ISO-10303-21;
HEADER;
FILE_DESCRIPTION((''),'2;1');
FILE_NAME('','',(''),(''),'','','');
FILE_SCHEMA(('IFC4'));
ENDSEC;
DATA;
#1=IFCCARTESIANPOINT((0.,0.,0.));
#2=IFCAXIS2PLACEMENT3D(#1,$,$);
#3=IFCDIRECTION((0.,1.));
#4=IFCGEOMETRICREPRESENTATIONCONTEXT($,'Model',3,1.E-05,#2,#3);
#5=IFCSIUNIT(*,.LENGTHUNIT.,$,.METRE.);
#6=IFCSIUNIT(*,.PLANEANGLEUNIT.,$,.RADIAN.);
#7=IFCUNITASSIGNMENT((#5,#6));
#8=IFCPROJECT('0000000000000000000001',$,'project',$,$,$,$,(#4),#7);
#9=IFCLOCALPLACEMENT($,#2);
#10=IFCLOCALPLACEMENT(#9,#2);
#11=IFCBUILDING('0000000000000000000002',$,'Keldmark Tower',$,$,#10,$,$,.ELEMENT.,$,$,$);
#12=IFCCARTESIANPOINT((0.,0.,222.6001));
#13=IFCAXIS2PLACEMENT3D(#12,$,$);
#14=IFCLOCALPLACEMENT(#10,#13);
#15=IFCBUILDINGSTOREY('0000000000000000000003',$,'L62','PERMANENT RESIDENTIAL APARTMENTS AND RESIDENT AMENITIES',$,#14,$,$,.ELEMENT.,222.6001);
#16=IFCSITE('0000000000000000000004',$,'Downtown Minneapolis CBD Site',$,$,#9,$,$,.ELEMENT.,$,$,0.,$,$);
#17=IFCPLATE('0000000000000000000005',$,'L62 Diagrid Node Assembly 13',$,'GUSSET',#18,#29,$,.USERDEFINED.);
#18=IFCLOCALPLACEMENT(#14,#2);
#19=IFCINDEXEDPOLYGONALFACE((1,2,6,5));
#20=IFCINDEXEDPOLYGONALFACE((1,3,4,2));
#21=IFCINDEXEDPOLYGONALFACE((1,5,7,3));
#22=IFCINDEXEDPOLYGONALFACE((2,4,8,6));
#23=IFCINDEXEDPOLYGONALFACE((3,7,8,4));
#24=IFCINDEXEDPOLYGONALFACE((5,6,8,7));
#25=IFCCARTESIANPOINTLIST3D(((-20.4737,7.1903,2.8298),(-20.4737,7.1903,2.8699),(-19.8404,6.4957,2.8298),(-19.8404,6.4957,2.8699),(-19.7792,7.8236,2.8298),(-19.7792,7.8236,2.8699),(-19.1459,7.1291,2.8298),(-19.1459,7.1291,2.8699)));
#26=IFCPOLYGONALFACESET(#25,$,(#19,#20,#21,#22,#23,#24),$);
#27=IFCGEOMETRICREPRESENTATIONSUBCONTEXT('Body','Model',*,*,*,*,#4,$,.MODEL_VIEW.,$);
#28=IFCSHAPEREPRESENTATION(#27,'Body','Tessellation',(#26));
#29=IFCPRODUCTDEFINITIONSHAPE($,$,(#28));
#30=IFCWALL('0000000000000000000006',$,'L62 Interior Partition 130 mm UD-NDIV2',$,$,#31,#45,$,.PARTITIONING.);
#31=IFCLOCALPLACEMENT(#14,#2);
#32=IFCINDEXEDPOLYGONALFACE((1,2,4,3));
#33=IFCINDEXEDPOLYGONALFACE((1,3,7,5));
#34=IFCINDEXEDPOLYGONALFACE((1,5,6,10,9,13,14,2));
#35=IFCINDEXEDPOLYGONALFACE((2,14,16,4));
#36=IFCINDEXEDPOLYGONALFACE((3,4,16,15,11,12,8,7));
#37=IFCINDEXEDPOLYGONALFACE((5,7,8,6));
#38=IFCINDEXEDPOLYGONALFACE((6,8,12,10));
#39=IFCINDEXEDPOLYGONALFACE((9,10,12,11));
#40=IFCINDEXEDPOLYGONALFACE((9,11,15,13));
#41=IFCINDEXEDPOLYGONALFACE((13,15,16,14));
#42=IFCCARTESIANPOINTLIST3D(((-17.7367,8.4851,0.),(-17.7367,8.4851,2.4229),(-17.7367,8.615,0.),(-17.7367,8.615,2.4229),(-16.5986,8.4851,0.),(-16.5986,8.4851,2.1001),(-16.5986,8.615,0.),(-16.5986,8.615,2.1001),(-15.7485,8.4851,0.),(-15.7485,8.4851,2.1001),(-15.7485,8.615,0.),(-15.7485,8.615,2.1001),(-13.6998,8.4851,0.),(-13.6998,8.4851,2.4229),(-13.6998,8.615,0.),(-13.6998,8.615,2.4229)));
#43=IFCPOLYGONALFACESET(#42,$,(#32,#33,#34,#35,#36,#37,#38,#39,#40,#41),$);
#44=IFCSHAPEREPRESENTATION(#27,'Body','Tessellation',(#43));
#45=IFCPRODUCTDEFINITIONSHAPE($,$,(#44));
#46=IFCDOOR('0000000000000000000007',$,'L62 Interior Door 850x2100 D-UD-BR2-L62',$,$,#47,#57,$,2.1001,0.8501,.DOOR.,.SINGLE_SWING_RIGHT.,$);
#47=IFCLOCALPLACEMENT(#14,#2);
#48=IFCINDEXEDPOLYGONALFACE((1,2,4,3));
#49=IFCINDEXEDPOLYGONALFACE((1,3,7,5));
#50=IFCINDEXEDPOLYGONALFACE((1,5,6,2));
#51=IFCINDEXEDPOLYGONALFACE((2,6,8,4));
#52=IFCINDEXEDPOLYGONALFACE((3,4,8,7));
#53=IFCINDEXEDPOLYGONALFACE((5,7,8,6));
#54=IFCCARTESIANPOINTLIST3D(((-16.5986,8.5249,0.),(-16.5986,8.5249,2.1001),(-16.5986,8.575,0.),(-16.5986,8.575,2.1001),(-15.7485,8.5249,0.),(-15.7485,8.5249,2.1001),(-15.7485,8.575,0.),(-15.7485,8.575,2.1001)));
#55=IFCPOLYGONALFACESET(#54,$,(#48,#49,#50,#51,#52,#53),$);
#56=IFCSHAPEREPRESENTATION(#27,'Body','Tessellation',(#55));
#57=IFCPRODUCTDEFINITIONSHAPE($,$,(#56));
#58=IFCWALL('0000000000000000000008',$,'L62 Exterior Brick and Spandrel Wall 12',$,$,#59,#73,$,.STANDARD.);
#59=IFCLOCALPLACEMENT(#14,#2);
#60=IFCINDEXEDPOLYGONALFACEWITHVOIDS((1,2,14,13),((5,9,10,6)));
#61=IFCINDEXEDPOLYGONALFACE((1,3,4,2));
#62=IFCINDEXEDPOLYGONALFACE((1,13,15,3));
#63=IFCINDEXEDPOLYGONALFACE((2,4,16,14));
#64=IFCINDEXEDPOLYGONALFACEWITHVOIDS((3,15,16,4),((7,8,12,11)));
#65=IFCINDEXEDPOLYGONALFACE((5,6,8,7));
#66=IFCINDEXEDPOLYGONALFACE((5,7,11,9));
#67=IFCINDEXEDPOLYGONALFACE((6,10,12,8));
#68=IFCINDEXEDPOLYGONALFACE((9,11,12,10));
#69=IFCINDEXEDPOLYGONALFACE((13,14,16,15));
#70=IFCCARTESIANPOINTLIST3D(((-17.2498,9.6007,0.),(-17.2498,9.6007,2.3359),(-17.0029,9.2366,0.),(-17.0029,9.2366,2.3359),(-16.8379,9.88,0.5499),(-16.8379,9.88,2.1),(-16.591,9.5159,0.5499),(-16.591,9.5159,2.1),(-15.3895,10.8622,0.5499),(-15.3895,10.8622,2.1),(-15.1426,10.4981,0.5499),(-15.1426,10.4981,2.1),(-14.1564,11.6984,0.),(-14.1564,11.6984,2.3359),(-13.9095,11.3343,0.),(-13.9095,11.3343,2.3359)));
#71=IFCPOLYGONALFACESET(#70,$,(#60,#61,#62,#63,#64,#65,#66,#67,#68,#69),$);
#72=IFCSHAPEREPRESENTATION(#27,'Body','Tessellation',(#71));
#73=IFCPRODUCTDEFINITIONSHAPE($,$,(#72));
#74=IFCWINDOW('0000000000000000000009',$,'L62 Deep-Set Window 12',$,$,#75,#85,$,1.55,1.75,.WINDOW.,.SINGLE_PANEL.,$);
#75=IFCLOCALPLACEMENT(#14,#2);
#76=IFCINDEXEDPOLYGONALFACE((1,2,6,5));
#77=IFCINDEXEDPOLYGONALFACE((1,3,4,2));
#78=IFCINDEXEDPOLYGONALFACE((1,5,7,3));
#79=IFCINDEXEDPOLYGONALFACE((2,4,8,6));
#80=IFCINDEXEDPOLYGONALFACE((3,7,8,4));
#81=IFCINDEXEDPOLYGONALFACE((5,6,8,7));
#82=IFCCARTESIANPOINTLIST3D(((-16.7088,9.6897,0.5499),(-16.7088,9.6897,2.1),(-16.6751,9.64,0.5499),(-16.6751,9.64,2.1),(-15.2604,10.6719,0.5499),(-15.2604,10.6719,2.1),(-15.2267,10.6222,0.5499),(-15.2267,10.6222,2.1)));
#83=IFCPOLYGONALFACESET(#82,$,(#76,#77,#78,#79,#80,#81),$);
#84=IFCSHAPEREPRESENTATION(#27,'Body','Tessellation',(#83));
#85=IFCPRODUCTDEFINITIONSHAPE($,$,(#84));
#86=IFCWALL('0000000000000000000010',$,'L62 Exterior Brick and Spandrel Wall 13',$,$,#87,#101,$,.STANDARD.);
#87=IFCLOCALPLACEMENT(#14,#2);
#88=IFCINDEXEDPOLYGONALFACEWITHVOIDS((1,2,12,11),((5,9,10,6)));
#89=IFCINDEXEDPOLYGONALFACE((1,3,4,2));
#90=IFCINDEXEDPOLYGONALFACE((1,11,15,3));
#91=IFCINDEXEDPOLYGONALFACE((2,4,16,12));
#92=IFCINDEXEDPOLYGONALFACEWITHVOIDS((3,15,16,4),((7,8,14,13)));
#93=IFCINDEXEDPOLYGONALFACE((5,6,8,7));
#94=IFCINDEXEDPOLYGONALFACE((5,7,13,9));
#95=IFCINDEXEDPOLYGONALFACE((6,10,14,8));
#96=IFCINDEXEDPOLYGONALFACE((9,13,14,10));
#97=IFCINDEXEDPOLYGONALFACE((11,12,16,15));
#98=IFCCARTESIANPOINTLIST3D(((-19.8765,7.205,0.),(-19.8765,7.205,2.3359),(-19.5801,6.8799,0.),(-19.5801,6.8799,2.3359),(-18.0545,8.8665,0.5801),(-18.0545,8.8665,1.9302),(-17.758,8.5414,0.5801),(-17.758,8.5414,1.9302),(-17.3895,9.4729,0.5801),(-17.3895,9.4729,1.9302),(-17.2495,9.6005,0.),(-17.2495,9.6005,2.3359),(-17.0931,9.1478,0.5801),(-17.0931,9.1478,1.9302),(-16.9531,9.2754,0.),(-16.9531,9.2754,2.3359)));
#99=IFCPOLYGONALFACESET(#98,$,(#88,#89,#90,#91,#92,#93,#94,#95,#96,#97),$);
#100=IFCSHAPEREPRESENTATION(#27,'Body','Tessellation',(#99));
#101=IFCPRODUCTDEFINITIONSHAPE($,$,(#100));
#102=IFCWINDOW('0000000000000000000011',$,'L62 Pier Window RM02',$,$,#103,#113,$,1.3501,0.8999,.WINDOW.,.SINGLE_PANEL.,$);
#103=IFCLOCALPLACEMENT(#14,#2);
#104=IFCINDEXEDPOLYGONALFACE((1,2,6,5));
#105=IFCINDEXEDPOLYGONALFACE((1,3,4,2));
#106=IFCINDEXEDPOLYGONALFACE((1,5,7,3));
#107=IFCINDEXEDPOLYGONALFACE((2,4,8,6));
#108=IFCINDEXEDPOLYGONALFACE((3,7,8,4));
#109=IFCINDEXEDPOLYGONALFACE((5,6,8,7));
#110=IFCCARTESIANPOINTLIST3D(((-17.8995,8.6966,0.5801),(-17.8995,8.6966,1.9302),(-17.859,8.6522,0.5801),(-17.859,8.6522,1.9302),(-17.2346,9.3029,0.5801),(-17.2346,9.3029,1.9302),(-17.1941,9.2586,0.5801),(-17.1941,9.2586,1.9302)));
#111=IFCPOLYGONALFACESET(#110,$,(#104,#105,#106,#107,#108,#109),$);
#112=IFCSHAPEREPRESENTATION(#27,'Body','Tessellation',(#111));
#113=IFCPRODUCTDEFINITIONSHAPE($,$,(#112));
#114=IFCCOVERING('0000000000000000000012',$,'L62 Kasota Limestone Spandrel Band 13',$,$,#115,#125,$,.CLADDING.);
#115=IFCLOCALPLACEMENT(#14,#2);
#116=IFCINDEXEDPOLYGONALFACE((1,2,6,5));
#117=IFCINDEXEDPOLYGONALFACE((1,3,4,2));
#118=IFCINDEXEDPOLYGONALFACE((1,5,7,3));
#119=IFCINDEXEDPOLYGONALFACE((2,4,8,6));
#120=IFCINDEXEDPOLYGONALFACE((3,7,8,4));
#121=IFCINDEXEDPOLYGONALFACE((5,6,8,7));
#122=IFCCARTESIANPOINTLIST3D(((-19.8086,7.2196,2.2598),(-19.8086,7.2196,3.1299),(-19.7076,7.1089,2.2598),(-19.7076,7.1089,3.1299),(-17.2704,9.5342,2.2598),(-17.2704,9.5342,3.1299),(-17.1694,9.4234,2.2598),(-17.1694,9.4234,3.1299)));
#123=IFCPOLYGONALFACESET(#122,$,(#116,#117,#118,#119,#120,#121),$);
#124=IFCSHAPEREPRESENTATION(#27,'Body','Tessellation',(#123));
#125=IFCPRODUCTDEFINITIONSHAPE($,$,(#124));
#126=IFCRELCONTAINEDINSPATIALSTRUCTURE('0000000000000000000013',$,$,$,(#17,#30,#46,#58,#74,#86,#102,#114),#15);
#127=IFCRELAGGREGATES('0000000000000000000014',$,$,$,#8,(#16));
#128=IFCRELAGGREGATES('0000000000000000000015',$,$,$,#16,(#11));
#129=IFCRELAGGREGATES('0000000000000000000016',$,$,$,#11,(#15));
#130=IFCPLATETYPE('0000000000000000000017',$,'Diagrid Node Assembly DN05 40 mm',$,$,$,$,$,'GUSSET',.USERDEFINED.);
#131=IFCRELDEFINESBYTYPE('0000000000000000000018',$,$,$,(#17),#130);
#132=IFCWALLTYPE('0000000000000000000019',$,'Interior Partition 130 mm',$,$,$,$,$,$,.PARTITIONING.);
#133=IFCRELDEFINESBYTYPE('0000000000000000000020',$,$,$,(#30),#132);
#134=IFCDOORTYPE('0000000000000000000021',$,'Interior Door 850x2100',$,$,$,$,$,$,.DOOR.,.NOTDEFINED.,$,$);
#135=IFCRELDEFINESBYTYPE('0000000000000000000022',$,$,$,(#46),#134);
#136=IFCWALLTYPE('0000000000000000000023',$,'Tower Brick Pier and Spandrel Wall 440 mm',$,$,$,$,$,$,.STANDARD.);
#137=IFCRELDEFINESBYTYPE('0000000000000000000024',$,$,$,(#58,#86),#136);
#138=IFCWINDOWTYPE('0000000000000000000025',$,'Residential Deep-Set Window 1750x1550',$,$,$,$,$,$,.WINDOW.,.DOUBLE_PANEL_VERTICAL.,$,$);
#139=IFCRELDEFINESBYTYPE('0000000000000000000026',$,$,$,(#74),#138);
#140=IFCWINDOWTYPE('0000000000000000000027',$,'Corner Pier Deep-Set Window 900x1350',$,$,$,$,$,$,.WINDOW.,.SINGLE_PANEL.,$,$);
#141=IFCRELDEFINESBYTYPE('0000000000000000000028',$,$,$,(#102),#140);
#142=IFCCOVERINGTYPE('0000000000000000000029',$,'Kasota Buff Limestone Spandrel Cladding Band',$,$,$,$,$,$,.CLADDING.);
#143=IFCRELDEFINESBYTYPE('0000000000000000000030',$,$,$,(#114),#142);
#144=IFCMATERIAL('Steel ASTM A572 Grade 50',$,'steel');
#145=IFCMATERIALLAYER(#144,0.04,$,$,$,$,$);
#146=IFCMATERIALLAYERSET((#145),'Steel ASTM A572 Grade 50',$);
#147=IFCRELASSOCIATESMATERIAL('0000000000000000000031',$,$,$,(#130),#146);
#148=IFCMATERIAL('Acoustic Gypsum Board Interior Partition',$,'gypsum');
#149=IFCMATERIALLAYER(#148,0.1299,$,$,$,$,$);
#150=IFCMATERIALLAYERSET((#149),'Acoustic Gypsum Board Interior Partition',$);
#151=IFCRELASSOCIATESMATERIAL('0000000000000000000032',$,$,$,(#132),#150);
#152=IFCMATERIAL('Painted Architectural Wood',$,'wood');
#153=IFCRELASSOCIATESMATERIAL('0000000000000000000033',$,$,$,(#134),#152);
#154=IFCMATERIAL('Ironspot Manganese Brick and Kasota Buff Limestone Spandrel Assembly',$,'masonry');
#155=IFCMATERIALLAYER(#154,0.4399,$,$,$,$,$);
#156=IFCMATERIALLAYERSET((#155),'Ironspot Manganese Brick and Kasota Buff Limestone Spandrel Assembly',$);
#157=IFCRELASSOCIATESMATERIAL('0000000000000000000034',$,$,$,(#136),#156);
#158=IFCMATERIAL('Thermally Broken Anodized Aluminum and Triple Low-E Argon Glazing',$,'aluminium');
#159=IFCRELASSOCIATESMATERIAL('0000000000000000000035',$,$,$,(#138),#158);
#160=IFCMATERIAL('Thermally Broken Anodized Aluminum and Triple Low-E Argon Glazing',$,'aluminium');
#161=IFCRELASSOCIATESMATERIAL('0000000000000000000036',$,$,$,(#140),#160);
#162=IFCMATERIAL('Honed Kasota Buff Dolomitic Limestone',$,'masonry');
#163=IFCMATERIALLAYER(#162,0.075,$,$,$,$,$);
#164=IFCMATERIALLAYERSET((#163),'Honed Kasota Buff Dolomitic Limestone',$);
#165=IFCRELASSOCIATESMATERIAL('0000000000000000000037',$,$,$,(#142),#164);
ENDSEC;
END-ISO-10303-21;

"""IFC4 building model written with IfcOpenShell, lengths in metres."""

from ifc_helpers import new_model, si_unit, direction, frame, frame_2d, origin, origin_2d, place, context, subcontext, project, spatial, rectangle, extrude, material, layer, layer_set, type_object, element, fill, save


model = new_model("IFC4")

# Units and contexts
model_context = context("Model", 3, precision=1e-05, world=origin(), true_north=direction((0.0, 1.0)))
body_context = subcontext(model_context, "Body", "Model", "MODEL_VIEW")
ifc_project = project(units=[si_unit("LENGTHUNIT", "METRE"), si_unit("PLANEANGLEUNIT", "RADIAN")], contexts=[model_context])

# Site, building, storey
site_placement = place(None, origin())
site = spatial("IfcSite", under=ifc_project, at=site_placement, Name="Downtown Minneapolis CBD Site", CompositionType="ELEMENT", RefElevation=0.0)
building_placement = place(site_placement, origin())
building = spatial("IfcBuilding", under=site, at=building_placement, Name="Keldmark Tower", CompositionType="ELEMENT")
storey_placement = place(building_placement, frame((0.0, 0.0, 222.6001)))
storey = spatial("IfcBuildingStorey", under=building, at=storey_placement, Name="L62", Description="PERMANENT RESIDENTIAL APARTMENTS AND RESIDENT AMENITIES", CompositionType="ELEMENT", Elevation=222.6001)

# Plate
ifc_material_1 = material(Name="Steel ASTM A572 Grade 50", Category="steel")
ifc_layer_1 = layer(ifc_material_1, 0.04)
ifc_layer_set_1 = layer_set([ifc_layer_1], Name="Steel ASTM A572 Grade 50")
plate_type = type_object("IfcPlateType", Name="Diagrid Node Assembly DN05 40 mm", ElementType="GUSSET", PredefinedType="USERDEFINED", material=ifc_layer_set_1)
plate_placement = place(storey_placement, frame((-19.8098, 7.1597, 2.8298), z_axis=(0.0, 0.0, 1.0), x_axis=(-0.738926, -0.673787, 0.0)))
element("IfcPlate", 1, at=plate_placement, inside=storey, type_object=plate_type, Name="L62 Diagrid Node Assembly 13", ObjectType="GUSSET", PredefinedType="USERDEFINED", context=body_context, shape_type="SweptSolid", body=[
    extrude(rectangle(XDim=0.9399, YDim=0.9399, at=origin_2d()), origin(), (0.0, 0.0, 1.0), 0.04),
])

# Wall, opening, door
ifc_material_2 = material(Name="Acoustic Gypsum Board Interior Partition", Category="gypsum")
ifc_layer_2 = layer(ifc_material_2, 0.1299)
ifc_layer_set_2 = layer_set([ifc_layer_2], Name="Acoustic Gypsum Board Interior Partition")
wall_type_1 = type_object("IfcWallType", Name="Interior Partition 130 mm", PredefinedType="PARTITIONING", material=ifc_layer_set_2)
wall_1_placement = place(storey_placement, frame((-17.7368, 8.55, 0.0), z_axis=(0.0, 0.0, 1.0), x_axis=(1.0, 0.0, 0.0)))
wall_1 = element("IfcWall", 2, at=wall_1_placement, inside=storey, type_object=wall_type_1, Name="L62 Interior Partition 130 mm UD-NDIV2", PredefinedType="PARTITIONING", context=body_context, shape_type="SweptSolid", body=[
    extrude(rectangle(XDim=4.0369, YDim=0.1299, at=frame_2d((2.0186, 0.0))), origin(), (0.0, 0.0, 1.0), 2.4229),
])
opening_1_placement = place(wall_1_placement, frame((1.1382, 0.0, 0.0)))
opening_1 = element("IfcOpeningElement", 3, at=opening_1_placement, cuts=wall_1, PredefinedType="OPENING", context=body_context, shape_type="SweptSolid", body=[
    extrude(rectangle(XDim=0.8501, YDim=2.1001, at=frame_2d((0.425, 1.05))), frame((0.0, 0.075, 0.0), z_axis=(0.0, -1.0, 0.0), x_axis=(1.0, 0.0, 0.0)), (0.0, 0.0, 1.0), 0.1499),
])
ifc_material_3 = material(Name="Painted Architectural Wood", Category="wood")
door_type = type_object("IfcDoorType", Name="Interior Door 850x2100", OperationType="NOTDEFINED", PredefinedType="DOOR", material=ifc_material_3)
door_placement = place(opening_1_placement, origin())
door = element("IfcDoor", 4, at=door_placement, inside=storey, type_object=door_type, Name="L62 Interior Door 850x2100 D-UD-BR2-L62", OperationType="SINGLE_SWING_RIGHT", OverallHeight=2.1001, OverallWidth=0.8501, PredefinedType="DOOR", context=body_context, shape_type="SweptSolid", body=[
    extrude(rectangle(XDim=0.8501, YDim=2.1001, at=frame_2d((0.425, 1.05))), frame((0.0, 0.0249, 0.0), z_axis=(0.0, -1.0, 0.0), x_axis=(1.0, 0.0, 0.0)), (0.0, 0.0, 1.0), 0.05),
])
fill(opening_1, door)

# Walls, openings, windows
ifc_material_4 = material(Name="Ironspot Manganese Brick and Kasota Buff Limestone Spandrel Assembly", Category="masonry")
ifc_layer_3 = layer(ifc_material_4, 0.4399)
ifc_layer_set_3 = layer_set([ifc_layer_3], Name="Ironspot Manganese Brick and Kasota Buff Limestone Spandrel Assembly")
wall_type_2 = type_object("IfcWallType", Name="Tower Brick Pier and Spandrel Wall 440 mm", PredefinedType="STANDARD", material=ifc_layer_set_3)
wall_2_placement = place(storey_placement, frame((-17.1262, 9.4187, 0.0), z_axis=(0.0, 0.0, 1.0), x_axis=(0.827643, 0.561255, 0.0)))
wall_2 = element("IfcWall", 5, at=wall_2_placement, inside=storey, type_object=wall_type_2, Name="L62 Exterior Brick and Spandrel Wall 12", PredefinedType="STANDARD", context=body_context, shape_type="SweptSolid", body=[
    extrude(rectangle(XDim=3.7375, YDim=0.4399, at=frame_2d((1.8687, 0.0))), origin(), (0.0, 0.0, 1.0), 2.3359),
])
opening_2_placement = place(wall_2_placement, frame((0.4976, 0.0, 0.55)))
opening_2 = element("IfcOpeningElement", 6, at=opening_2_placement, cuts=wall_2, PredefinedType="OPENING", context=body_context, shape_type="SweptSolid", body=[
    extrude(rectangle(XDim=1.75, YDim=1.55, at=frame_2d((0.875, 0.7749))), frame((0.0, 0.23, 0.0), z_axis=(0.0, -1.0, 0.0), x_axis=(1.0, 0.0, 0.0)), (0.0, 0.0, 1.0), 0.46),
])
ifc_material_5 = material(Name="Thermally Broken Anodized Aluminum and Triple Low-E Argon Glazing", Category="aluminium")
window_type_1 = type_object("IfcWindowType", Name="Residential Deep-Set Window 1750x1550", PartitioningType="DOUBLE_PANEL_VERTICAL", PredefinedType="WINDOW", material=ifc_material_5)
window_1_placement = place(opening_2_placement, origin())
window_1 = element("IfcWindow", 7, at=window_1_placement, inside=storey, type_object=window_type_1, Name="L62 Deep-Set Window 12", OverallHeight=1.55, OverallWidth=1.75, PartitioningType="SINGLE_PANEL", PredefinedType="WINDOW", context=body_context, shape_type="SweptSolid", body=[
    extrude(rectangle(XDim=1.75, YDim=1.55, at=frame_2d((0.875, 0.7749))), frame((0.0, -0.01, 0.0), z_axis=(0.0, -1.0, 0.0), x_axis=(1.0, 0.0, 0.0)), (0.0, 0.0, 1.0), 0.0601),
])
fill(opening_2, window_1)
wall_3_placement = place(storey_placement, frame((-19.7283, 7.0425, 0.0), z_axis=(0.0, 0.0, 1.0), x_axis=(0.738908, 0.673807, 0.0)))
wall_3 = element("IfcWall", 8, at=wall_3_placement, inside=storey, type_object=wall_type_2, Name="L62 Exterior Brick and Spandrel Wall 13", PredefinedType="STANDARD", context=body_context, shape_type="SweptSolid", body=[
    extrude(rectangle(XDim=3.5552, YDim=0.4399, at=frame_2d((1.7776, 0.0))), origin(), (0.0, 0.0, 1.0), 2.3359),
])
opening_3_placement = place(wall_3_placement, frame((2.4658, 0.0, 0.5801)))
opening_3 = element("IfcOpeningElement", 9, at=opening_3_placement, cuts=wall_3, PredefinedType="OPENING", context=body_context, shape_type="SweptSolid", body=[
    extrude(rectangle(XDim=0.8999, YDim=1.3501, at=frame_2d((0.45, 0.675))), frame((0.0, 0.23, 0.0), z_axis=(0.0, -1.0, 0.0), x_axis=(1.0, 0.0, 0.0)), (0.0, 0.0, 1.0), 0.46),
])
ifc_material_6 = material(Name="Thermally Broken Anodized Aluminum and Triple Low-E Argon Glazing", Category="aluminium")
window_type_2 = type_object("IfcWindowType", Name="Corner Pier Deep-Set Window 900x1350", PartitioningType="SINGLE_PANEL", PredefinedType="WINDOW", material=ifc_material_6)
window_2_placement = place(opening_3_placement, origin())
window_2 = element("IfcWindow", 10, at=window_2_placement, inside=storey, type_object=window_type_2, Name="L62 Pier Window RM02", OverallHeight=1.3501, OverallWidth=0.8999, PartitioningType="SINGLE_PANEL", PredefinedType="WINDOW", context=body_context, shape_type="SweptSolid", body=[
    extrude(rectangle(XDim=0.8999, YDim=1.3501, at=frame_2d((0.45, 0.675))), frame((0.0, -0.01, 0.0), z_axis=(0.0, -1.0, 0.0), x_axis=(1.0, 0.0, 0.0)), (0.0, 0.0, 1.0), 0.0601),
])
fill(opening_3, window_2)

# Covering
ifc_material_7 = material(Name="Honed Kasota Buff Dolomitic Limestone", Category="masonry")
ifc_layer_4 = layer(ifc_material_7, 0.075)
ifc_layer_set_4 = layer_set([ifc_layer_4], Name="Honed Kasota Buff Dolomitic Limestone")
covering_type = type_object("IfcCoveringType", Name="Kasota Buff Limestone Spandrel Cladding Band", PredefinedType="CLADDING", material=ifc_layer_set_4)
covering_placement = place(storey_placement, frame((-18.489, 8.3215, 2.2598), z_axis=(0.0, 0.0, 1.0), x_axis=(-0.738902, -0.673812, 0.0)))
element("IfcCovering", 11, at=covering_placement, inside=storey, type_object=covering_type, Name="L62 Kasota Limestone Spandrel Band 13", PredefinedType="CLADDING", context=body_context, shape_type="SweptSolid", body=[
    extrude(rectangle(XDim=3.4351, YDim=0.1499, at=origin_2d()), origin(), (0.0, 0.0, 1.0), 0.8701),
])

save(model, "model.ifc")
